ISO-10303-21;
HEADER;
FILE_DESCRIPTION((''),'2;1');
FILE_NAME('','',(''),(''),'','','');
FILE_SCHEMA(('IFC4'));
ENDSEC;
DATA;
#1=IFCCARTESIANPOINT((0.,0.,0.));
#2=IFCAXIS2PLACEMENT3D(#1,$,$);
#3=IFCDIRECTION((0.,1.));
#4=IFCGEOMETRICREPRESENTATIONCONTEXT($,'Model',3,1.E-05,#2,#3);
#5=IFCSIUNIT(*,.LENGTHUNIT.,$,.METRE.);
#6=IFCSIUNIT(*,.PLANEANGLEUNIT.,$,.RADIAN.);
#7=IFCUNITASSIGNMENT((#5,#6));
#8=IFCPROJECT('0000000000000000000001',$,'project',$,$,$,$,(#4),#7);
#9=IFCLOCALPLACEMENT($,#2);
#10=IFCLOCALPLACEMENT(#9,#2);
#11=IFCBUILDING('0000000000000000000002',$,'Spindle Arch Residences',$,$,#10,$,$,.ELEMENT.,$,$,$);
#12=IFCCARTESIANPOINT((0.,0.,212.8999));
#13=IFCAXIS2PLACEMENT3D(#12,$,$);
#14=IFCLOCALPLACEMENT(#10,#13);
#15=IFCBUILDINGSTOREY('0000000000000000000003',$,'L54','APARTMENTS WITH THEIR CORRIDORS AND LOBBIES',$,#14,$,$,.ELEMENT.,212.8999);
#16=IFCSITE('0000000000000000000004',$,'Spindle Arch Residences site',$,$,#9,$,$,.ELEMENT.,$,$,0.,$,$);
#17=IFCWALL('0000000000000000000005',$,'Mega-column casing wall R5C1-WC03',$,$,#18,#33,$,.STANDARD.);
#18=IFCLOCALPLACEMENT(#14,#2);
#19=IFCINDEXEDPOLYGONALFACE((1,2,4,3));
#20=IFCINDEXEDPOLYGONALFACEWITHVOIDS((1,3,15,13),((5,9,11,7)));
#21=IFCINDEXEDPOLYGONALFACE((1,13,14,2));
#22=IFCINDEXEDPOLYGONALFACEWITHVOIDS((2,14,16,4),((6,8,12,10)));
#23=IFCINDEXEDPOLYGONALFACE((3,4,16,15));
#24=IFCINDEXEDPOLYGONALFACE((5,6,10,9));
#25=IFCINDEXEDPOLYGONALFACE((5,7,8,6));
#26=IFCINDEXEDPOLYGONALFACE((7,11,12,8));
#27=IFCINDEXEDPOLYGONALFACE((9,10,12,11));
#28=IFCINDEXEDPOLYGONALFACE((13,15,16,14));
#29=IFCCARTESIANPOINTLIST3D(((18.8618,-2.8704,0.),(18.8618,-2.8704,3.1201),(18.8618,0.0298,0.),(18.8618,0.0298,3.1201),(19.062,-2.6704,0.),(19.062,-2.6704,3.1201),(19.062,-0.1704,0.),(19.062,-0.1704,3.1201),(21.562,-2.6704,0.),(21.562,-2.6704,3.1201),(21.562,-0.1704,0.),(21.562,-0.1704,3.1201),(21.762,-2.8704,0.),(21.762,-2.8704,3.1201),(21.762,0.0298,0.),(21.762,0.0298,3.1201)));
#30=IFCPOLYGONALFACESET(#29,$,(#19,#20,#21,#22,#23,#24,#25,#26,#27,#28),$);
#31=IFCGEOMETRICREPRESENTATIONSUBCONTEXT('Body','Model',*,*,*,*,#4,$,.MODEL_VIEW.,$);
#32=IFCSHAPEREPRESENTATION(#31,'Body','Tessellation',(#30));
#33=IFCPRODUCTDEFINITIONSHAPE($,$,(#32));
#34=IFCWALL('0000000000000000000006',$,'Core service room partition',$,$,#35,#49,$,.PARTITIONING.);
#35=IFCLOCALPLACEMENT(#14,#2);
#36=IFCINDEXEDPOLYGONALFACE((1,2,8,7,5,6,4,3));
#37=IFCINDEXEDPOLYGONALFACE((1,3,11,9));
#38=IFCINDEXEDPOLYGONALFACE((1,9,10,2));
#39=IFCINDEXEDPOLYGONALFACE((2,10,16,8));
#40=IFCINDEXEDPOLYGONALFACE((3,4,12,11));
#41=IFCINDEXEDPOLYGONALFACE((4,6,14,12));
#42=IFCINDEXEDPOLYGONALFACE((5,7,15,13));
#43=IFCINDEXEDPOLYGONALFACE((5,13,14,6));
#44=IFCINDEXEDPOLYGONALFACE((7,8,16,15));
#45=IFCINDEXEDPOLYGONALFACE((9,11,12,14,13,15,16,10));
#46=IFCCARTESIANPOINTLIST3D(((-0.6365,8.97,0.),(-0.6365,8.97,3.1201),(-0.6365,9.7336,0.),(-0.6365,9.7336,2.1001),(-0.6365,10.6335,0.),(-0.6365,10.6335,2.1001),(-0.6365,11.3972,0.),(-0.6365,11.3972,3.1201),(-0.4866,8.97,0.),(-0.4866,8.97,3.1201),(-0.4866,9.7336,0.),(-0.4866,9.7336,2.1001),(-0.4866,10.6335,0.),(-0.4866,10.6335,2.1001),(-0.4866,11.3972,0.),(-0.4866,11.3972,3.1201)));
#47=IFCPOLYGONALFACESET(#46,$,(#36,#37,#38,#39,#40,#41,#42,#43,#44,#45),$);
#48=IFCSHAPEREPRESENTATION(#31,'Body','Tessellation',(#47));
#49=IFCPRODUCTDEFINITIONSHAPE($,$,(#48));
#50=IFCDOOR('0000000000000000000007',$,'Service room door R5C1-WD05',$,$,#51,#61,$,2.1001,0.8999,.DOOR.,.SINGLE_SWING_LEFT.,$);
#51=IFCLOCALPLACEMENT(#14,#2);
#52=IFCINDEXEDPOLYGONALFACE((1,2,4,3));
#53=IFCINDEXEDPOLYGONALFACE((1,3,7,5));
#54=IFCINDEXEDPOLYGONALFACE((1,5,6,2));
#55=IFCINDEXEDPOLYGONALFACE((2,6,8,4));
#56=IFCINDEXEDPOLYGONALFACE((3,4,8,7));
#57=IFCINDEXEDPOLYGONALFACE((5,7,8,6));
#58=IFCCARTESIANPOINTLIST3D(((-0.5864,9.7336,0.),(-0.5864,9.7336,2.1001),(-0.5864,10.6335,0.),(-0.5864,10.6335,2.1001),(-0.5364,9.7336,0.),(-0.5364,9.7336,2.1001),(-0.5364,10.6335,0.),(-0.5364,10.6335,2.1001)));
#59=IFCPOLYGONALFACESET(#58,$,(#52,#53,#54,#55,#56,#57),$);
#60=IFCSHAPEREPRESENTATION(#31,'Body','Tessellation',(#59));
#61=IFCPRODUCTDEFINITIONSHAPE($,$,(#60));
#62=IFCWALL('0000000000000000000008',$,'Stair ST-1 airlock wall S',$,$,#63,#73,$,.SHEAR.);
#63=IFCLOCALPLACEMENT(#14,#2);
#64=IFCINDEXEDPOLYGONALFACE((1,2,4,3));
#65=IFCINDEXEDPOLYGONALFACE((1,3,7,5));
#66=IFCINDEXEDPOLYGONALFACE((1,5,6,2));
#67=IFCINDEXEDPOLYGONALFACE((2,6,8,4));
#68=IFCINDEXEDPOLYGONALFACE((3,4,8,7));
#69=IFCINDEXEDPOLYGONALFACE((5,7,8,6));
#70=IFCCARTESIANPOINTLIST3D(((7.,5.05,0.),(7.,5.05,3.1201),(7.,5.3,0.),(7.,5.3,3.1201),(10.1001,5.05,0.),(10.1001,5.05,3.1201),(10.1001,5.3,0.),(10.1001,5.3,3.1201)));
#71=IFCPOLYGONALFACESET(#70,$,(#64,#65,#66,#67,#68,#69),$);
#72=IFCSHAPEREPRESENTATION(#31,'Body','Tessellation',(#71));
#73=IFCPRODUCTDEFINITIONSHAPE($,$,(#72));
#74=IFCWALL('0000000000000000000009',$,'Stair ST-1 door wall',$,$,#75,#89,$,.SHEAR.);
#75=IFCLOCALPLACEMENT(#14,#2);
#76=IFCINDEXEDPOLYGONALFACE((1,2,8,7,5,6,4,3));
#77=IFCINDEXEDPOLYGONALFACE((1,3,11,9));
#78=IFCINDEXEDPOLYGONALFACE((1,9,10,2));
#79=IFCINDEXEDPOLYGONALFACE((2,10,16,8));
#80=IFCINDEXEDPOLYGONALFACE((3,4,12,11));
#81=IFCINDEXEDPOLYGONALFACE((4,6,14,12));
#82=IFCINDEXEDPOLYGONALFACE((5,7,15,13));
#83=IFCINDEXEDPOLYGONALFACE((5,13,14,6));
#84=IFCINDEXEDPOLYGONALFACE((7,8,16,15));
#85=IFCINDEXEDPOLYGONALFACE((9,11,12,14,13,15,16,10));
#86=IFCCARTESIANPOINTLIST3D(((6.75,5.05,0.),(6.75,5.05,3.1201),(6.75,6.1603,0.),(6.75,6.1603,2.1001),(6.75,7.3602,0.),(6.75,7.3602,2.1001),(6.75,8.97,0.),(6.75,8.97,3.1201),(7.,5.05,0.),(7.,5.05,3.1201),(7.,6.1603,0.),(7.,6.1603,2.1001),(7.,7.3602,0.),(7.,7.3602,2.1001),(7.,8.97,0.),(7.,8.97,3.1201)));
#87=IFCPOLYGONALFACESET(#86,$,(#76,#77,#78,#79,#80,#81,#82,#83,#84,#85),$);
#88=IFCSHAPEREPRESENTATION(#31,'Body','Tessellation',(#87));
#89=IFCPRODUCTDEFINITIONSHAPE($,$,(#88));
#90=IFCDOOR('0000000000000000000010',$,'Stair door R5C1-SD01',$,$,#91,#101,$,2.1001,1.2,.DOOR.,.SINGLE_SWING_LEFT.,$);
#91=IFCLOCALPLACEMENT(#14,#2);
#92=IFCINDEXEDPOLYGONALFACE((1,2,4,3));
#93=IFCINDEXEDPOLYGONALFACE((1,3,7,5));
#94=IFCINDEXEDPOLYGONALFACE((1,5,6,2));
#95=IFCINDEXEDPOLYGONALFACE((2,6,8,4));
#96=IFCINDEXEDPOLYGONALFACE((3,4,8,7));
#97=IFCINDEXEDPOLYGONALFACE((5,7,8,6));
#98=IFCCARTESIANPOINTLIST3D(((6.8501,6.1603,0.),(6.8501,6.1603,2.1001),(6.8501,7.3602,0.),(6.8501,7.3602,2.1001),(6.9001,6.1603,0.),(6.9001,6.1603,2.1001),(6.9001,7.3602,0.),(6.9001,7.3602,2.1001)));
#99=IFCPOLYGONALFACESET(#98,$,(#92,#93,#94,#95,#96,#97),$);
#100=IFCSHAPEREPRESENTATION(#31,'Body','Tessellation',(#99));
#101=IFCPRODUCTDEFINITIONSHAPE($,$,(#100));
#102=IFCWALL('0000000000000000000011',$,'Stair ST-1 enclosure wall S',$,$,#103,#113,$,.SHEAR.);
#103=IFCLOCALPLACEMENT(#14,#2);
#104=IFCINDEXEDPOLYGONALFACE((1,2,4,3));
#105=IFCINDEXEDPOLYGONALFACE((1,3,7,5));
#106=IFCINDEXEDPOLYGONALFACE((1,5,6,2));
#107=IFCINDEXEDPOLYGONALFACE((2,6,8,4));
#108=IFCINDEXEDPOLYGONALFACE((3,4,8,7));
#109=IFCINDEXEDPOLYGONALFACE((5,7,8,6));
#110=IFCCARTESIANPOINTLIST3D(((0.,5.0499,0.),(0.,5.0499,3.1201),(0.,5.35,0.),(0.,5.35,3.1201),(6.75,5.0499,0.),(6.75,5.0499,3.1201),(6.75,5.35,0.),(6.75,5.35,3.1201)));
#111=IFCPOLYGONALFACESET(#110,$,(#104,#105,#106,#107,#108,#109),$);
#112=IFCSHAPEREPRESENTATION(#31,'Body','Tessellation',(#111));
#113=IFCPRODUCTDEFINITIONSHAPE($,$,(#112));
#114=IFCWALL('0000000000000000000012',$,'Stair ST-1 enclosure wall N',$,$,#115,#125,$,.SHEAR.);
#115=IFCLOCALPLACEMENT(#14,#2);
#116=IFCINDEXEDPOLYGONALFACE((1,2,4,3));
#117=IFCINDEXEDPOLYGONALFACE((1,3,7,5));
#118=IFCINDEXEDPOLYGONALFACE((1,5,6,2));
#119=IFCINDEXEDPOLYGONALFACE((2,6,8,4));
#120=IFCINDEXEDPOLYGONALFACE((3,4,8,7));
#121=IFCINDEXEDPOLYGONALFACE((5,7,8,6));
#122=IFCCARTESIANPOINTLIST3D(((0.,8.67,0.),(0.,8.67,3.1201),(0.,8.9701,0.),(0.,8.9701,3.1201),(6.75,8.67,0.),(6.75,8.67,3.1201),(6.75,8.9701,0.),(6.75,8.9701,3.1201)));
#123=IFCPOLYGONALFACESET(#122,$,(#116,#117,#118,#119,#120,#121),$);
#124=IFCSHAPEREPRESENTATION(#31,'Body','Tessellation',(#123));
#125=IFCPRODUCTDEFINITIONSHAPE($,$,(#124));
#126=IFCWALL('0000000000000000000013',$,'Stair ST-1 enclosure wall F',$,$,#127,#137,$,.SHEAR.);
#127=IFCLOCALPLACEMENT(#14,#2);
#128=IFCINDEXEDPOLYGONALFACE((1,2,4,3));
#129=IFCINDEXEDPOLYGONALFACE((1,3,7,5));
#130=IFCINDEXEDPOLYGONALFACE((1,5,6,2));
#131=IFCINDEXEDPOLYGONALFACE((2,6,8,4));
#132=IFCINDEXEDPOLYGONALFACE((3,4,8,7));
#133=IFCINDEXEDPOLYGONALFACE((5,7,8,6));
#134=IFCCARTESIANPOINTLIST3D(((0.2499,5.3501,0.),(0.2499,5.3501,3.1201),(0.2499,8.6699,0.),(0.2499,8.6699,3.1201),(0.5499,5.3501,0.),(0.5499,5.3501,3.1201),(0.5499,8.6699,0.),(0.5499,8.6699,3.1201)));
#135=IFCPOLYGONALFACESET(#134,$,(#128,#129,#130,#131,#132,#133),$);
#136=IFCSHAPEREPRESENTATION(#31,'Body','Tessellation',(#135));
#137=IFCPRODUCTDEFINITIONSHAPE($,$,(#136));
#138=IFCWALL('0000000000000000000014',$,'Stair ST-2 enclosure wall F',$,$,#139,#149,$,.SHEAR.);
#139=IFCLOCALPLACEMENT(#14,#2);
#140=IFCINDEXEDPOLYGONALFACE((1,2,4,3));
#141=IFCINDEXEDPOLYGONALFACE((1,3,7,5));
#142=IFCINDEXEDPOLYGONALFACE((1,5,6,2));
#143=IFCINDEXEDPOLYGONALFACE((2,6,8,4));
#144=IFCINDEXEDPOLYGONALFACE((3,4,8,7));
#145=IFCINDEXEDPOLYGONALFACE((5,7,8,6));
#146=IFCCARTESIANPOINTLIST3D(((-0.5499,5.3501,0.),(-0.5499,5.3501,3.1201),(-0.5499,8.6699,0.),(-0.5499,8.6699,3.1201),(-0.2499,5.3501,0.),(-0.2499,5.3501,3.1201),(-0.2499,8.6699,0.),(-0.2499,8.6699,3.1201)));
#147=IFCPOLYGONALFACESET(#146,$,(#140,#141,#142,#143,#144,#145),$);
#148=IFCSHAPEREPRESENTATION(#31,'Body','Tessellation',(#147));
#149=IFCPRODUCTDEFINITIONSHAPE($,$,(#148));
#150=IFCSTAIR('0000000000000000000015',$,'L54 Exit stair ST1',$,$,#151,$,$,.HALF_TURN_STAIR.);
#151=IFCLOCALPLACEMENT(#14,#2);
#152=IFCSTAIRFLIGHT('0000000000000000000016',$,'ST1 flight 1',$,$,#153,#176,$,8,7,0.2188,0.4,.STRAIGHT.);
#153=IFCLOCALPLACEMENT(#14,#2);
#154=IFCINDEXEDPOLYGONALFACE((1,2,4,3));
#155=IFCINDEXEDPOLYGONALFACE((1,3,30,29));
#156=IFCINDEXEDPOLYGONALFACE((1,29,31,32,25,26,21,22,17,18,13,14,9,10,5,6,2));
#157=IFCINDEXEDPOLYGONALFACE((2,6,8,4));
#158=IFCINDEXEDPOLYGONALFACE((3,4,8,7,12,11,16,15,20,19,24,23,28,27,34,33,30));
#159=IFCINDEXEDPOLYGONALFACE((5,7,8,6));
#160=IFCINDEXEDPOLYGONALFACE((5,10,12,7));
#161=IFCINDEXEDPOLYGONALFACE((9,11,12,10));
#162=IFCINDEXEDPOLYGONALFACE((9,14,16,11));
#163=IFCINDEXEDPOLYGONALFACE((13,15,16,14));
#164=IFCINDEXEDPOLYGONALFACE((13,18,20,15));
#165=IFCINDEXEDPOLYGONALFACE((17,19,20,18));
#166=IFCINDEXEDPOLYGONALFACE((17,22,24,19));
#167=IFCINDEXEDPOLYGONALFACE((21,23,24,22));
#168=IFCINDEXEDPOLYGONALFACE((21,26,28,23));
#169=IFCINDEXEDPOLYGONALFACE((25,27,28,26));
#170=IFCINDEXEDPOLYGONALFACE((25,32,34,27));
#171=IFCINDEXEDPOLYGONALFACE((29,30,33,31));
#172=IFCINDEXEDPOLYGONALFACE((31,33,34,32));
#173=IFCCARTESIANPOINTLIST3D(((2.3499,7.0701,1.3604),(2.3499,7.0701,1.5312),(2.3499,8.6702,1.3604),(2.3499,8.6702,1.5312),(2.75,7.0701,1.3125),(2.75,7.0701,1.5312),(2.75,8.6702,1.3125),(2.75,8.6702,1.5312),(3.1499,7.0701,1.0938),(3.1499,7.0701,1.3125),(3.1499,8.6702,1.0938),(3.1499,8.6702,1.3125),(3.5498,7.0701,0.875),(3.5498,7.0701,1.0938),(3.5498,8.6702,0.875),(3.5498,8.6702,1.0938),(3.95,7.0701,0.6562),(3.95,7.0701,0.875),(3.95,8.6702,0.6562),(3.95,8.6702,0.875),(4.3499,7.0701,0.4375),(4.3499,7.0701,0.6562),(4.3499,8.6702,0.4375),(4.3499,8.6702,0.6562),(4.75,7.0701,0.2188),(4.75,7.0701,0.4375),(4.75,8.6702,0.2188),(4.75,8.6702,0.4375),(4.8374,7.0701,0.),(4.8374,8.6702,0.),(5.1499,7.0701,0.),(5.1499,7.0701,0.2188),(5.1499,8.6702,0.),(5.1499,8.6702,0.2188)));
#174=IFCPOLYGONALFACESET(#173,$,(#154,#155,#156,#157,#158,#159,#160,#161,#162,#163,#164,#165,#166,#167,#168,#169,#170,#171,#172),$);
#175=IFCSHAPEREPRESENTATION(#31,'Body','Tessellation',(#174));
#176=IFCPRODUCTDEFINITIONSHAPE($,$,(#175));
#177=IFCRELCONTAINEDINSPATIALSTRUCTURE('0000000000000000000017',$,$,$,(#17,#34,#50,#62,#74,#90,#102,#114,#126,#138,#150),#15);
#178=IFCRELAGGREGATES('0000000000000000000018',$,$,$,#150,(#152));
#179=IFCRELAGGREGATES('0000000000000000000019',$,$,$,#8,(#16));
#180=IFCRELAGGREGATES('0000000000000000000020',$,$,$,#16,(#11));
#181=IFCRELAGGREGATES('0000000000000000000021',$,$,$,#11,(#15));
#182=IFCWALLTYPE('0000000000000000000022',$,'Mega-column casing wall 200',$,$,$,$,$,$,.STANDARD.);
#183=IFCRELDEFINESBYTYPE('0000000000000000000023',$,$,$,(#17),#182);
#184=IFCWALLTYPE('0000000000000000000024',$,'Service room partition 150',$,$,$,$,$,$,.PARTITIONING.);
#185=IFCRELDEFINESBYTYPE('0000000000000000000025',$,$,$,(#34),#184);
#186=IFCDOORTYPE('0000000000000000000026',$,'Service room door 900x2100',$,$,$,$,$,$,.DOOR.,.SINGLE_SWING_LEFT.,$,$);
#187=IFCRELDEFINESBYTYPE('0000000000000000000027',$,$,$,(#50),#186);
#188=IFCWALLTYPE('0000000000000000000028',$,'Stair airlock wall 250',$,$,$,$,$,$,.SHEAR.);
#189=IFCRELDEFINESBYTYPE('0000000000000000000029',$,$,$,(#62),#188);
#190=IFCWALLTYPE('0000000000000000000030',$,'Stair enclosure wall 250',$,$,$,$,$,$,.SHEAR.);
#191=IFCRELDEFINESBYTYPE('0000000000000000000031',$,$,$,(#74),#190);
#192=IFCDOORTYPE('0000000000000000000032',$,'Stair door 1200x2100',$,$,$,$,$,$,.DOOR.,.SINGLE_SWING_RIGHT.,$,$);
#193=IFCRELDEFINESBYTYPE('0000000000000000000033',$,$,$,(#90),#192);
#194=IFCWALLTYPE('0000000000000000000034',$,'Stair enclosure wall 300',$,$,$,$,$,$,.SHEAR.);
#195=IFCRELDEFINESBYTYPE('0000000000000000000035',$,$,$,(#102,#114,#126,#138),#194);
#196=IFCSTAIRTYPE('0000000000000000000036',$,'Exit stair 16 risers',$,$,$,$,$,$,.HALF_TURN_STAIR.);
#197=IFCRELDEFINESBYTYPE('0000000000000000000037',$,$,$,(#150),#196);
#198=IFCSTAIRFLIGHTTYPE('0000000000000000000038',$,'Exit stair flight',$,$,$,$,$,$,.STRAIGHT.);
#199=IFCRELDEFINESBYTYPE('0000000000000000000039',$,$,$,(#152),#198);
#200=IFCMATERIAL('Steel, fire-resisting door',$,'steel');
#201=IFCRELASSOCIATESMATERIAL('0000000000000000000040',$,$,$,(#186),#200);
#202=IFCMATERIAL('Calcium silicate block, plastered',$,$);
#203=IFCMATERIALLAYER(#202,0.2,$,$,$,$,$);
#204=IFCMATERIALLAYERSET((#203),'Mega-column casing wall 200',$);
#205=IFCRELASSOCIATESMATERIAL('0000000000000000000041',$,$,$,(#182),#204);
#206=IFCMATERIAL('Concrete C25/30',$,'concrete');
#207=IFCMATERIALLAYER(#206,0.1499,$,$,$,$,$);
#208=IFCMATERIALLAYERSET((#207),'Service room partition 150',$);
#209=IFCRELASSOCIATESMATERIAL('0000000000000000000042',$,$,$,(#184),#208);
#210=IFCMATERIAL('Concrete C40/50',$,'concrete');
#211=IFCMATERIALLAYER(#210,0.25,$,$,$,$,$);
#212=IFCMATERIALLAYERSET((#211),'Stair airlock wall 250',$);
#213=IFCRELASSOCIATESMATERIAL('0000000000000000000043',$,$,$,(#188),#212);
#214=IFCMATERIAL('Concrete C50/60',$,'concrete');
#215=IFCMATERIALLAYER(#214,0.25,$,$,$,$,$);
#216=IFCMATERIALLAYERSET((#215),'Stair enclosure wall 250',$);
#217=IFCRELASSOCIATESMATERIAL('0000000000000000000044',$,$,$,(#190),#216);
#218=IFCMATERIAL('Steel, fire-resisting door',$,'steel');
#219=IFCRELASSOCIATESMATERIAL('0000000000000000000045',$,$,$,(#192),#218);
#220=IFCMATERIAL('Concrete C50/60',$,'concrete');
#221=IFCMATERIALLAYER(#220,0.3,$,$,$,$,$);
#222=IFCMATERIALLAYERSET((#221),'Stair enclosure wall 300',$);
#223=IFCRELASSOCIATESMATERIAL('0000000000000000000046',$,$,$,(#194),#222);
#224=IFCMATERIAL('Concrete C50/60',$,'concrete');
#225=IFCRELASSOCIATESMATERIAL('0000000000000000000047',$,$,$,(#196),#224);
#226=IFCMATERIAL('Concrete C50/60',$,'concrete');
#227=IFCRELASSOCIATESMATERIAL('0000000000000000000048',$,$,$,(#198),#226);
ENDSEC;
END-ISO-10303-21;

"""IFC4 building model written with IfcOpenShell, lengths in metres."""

from ifc_helpers import new_model, si_unit, direction, frame, frame_2d, origin, place, context, subcontext, project, spatial, polyline, rectangle, outline, extrude, material, layer, layer_set, type_object, element, fill, aggregate, save


model = new_model("IFC4")

# Units and contexts
model_context = context("Model", 3, precision=1e-05, world=origin(), true_north=direction((0.0, 1.0)))
body_context = subcontext(model_context, "Body", "Model", "MODEL_VIEW")
ifc_project = project(units=[si_unit("LENGTHUNIT", "METRE"), si_unit("PLANEANGLEUNIT", "RADIAN")], contexts=[model_context])

# Site, building, storey
site_placement = place(None, origin())
site = spatial("IfcSite", under=ifc_project, at=site_placement, Name="Spindle Arch Residences site", CompositionType="ELEMENT", RefElevation=0.0)
building_placement = place(site_placement, origin())
building = spatial("IfcBuilding", under=site, at=building_placement, Name="Spindle Arch Residences", CompositionType="ELEMENT")
storey_placement = place(building_placement, frame((0.0, 0.0, 212.8999)))
storey = spatial("IfcBuildingStorey", under=building, at=storey_placement, Name="L54", Description="APARTMENTS WITH THEIR CORRIDORS AND LOBBIES", CompositionType="ELEMENT", Elevation=212.8999)

# Shared definitions
ifc_material_1 = material(Name="Steel, fire-resisting door", Category="steel")
door_type_1 = type_object("IfcDoorType", Name="Service room door 900x2100", OperationType="SINGLE_SWING_LEFT", PredefinedType="DOOR", material=ifc_material_1)

# Wall
ifc_material_2 = material(Name="Calcium silicate block, plastered")
ifc_layer_1 = layer(ifc_material_2, 0.2)
ifc_layer_set_1 = layer_set([ifc_layer_1], Name="Mega-column casing wall 200")
wall_type_1 = type_object("IfcWallType", Name="Mega-column casing wall 200", PredefinedType="STANDARD", material=ifc_layer_set_1)
wall_1_placement = place(storey_placement, origin())
element("IfcWall", 1, at=wall_1_placement, inside=storey, type_object=wall_type_1, Name="Mega-column casing wall R5C1-WC03", PredefinedType="STANDARD", context=body_context, shape_type="SweptSolid", body=[
    extrude(outline(polyline([(21.762, 0.0298), (21.762, -2.8704), (18.8618, -2.8704), (18.8618, 0.0298), (21.762, 0.0298)]), holes=[polyline([(19.062, -2.6704), (21.562, -2.6704), (21.562, -0.1704), (19.062, -0.1704), (19.062, -2.6704)])]), origin(), (0.0, 0.0, 1.0), 3.1201),
])

# Wall, opening, door
ifc_material_3 = material(Name="Concrete C25/30", Category="concrete")
ifc_layer_2 = layer(ifc_material_3, 0.1499)
ifc_layer_set_2 = layer_set([ifc_layer_2], Name="Service room partition 150")
wall_type_2 = type_object("IfcWallType", Name="Service room partition 150", PredefinedType="PARTITIONING", material=ifc_layer_set_2)
wall_2_placement = place(storey_placement, frame((-0.5615, 8.97, 0.0), z_axis=(0.0, 0.0, 1.0), x_axis=(0.0, 1.0, 0.0)))
wall_2 = element("IfcWall", 2, at=wall_2_placement, inside=storey, type_object=wall_type_2, Name="Core service room partition", PredefinedType="PARTITIONING", context=body_context, shape_type="SweptSolid", body=[
    extrude(rectangle(XDim=2.4272, YDim=0.1499, at=frame_2d((1.2136, 0.0))), origin(), (0.0, 0.0, 1.0), 3.1201),
])
opening_1_placement = place(wall_2_placement, frame((0.7637, 0.0, 0.0)))
opening_1 = element("IfcOpeningElement", 3, at=opening_1_placement, cuts=wall_2, PredefinedType="OPENING", context=body_context, shape_type="SweptSolid", body=[
    extrude(rectangle(XDim=0.8999, YDim=2.1001, at=frame_2d((0.45, 1.05))), frame((0.0, 0.085, 0.0), z_axis=(0.0, -1.0, 0.0), x_axis=(1.0, 0.0, 0.0)), (0.0, 0.0, 1.0), 0.1699),
])
door_1_placement = place(opening_1_placement, origin())
door_1 = element("IfcDoor", 4, at=door_1_placement, inside=storey, type_object=door_type_1, Name="Service room door R5C1-WD05", OperationType="SINGLE_SWING_LEFT", OverallHeight=2.1001, OverallWidth=0.8999, PredefinedType="DOOR", context=body_context, shape_type="SweptSolid", body=[
    extrude(rectangle(XDim=0.8999, YDim=2.1001, at=frame_2d((0.45, 1.05))), frame((0.0, 0.0249, 0.0), z_axis=(0.0, -1.0, 0.0), x_axis=(1.0, 0.0, 0.0)), (0.0, 0.0, 1.0), 0.05),
])
fill(opening_1, door_1)

# Wall
ifc_material_4 = material(Name="Concrete C40/50", Category="concrete")
ifc_layer_3 = layer(ifc_material_4, 0.25)
ifc_layer_set_3 = layer_set([ifc_layer_3], Name="Stair airlock wall 250")
wall_type_3 = type_object("IfcWallType", Name="Stair airlock wall 250", PredefinedType="SHEAR", material=ifc_layer_set_3)
wall_3_placement = place(storey_placement, frame((7.0, 5.175, 0.0), z_axis=(0.0, 0.0, 1.0), x_axis=(1.0, 0.0, 0.0)))
element("IfcWall", 5, at=wall_3_placement, inside=storey, type_object=wall_type_3, Name="Stair ST-1 airlock wall S", PredefinedType="SHEAR", context=body_context, shape_type="SweptSolid", body=[
    extrude(rectangle(XDim=3.1001, YDim=0.25, at=frame_2d((1.55, 0.0))), origin(), (0.0, 0.0, 1.0), 3.1201),
])

# Wall, opening, door
ifc_material_5 = material(Name="Concrete C50/60", Category="concrete")
ifc_layer_4 = layer(ifc_material_5, 0.25)
ifc_layer_set_4 = layer_set([ifc_layer_4], Name="Stair enclosure wall 250")
wall_type_4 = type_object("IfcWallType", Name="Stair enclosure wall 250", PredefinedType="SHEAR", material=ifc_layer_set_4)
wall_4_placement = place(storey_placement, frame((6.875, 5.05, 0.0), z_axis=(0.0, 0.0, 1.0), x_axis=(0.0, 1.0, 0.0)))
wall_4 = element("IfcWall", 6, at=wall_4_placement, inside=storey, type_object=wall_type_4, Name="Stair ST-1 door wall", PredefinedType="SHEAR", context=body_context, shape_type="SweptSolid", body=[
    extrude(rectangle(XDim=3.9199, YDim=0.25, at=frame_2d((1.96, 0.0))), origin(), (0.0, 0.0, 1.0), 3.1201),
])
opening_2_placement = place(wall_4_placement, frame((1.1101, 0.0, 0.0)))
opening_2 = element("IfcOpeningElement", 7, at=opening_2_placement, cuts=wall_4, PredefinedType="OPENING", context=body_context, shape_type="SweptSolid", body=[
    extrude(rectangle(XDim=1.2, YDim=2.1001, at=frame_2d((0.6001, 1.05))), frame((0.0, 0.135, 0.0), z_axis=(0.0, -1.0, 0.0), x_axis=(1.0, 0.0, 0.0)), (0.0, 0.0, 1.0), 0.27),
])
ifc_material_6 = material(Name="Steel, fire-resisting door", Category="steel")
door_type_2 = type_object("IfcDoorType", Name="Stair door 1200x2100", OperationType="SINGLE_SWING_RIGHT", PredefinedType="DOOR", material=ifc_material_6)
door_2_placement = place(opening_2_placement, origin())
door_2 = element("IfcDoor", 8, at=door_2_placement, inside=storey, type_object=door_type_2, Name="Stair door R5C1-SD01", OperationType="SINGLE_SWING_LEFT", OverallHeight=2.1001, OverallWidth=1.2, PredefinedType="DOOR", context=body_context, shape_type="SweptSolid", body=[
    extrude(rectangle(XDim=1.2, YDim=2.1001, at=frame_2d((0.6001, 1.05))), frame((0.0, 0.0249, 0.0), z_axis=(0.0, -1.0, 0.0), x_axis=(1.0, 0.0, 0.0)), (0.0, 0.0, 1.0), 0.05),
])
fill(opening_2, door_2)

# Walls
ifc_material_7 = material(Name="Concrete C50/60", Category="concrete")
ifc_layer_5 = layer(ifc_material_7, 0.3)
ifc_layer_set_5 = layer_set([ifc_layer_5], Name="Stair enclosure wall 300")
wall_type_5 = type_object("IfcWallType", Name="Stair enclosure wall 300", PredefinedType="SHEAR", material=ifc_layer_set_5)
for number, where, z_axis, x_axis, name in (
    (9, (0.0, 5.2, 0.0), (0.0, 0.0, 1.0), (1.0, 0.0, 0.0), "Stair ST-1 enclosure wall S"),
    (10, (0.0, 8.8201, 0.0), (0.0, 0.0, 1.0), (1.0, 0.0, 0.0), "Stair ST-1 enclosure wall N"),
):
    element("IfcWall", number, at=place(storey_placement, frame(where, z_axis=z_axis, x_axis=x_axis)), inside=storey, type_object=wall_type_5, Name=name, PredefinedType="SHEAR", context=body_context, shape_type="SweptSolid", body=[
        extrude(rectangle(XDim=6.75, YDim=0.3, at=frame_2d((3.375, 0.0))), origin(), (0.0, 0.0, 1.0), 3.1201),
    ])
for number, where, z_axis, x_axis, name in (
    (11, (0.3999, 5.3501, 0.0), (0.0, 0.0, 1.0), (0.0, 1.0, 0.0), "Stair ST-1 enclosure wall F"),
    (12, (-0.3999, 5.3501, 0.0), (0.0, 0.0, 1.0), (0.0, 1.0, 0.0), "Stair ST-2 enclosure wall F"),
):
    element("IfcWall", number, at=place(storey_placement, frame(where, z_axis=z_axis, x_axis=x_axis)), inside=storey, type_object=wall_type_5, Name=name, PredefinedType="SHEAR", context=body_context, shape_type="SweptSolid", body=[
        extrude(rectangle(XDim=3.3198, YDim=0.3, at=frame_2d((1.6599, 0.0))), origin(), (0.0, 0.0, 1.0), 3.1201),
    ])

# Stair, stair flight
ifc_material_8 = material(Name="Concrete C50/60", Category="concrete")
stair_type = type_object("IfcStairType", Name="Exit stair 16 risers", PredefinedType="HALF_TURN_STAIR", material=ifc_material_8)
stair_placement = place(storey_placement, origin())
stair = element("IfcStair", 13, at=stair_placement, inside=storey, type_object=stair_type, Name="L54 Exit stair ST1", PredefinedType="HALF_TURN_STAIR")
ifc_material_9 = material(Name="Concrete C50/60", Category="concrete")
stair_flight_type = type_object("IfcStairFlightType", Name="Exit stair flight", PredefinedType="STRAIGHT", material=ifc_material_9)
stair_flight_1_placement = place(storey_placement, frame((5.1499, 7.8701, 0.0), z_axis=(0.0, 0.0, 1.0), x_axis=(-1.0, 0.0, 0.0)))
stair_flight_1 = element("IfcStairFlight", 14, at=stair_flight_1_placement, type_object=stair_flight_type, Name="ST1 flight 1", NumberOfRisers=8, NumberOfTreads=7, PredefinedType="STRAIGHT", RiserHeight=0.2188, TreadLength=0.4, context=body_context, shape_type="SweptSolid", body=[
    extrude(outline(polyline([(0.0, 0.0), (0.0, 0.2188), (0.3999, 0.2188), (0.3999, 0.4375), (0.8, 0.4375), (0.8, 0.6562), (1.2, 0.6562), (1.2, 0.875), (1.6001, 0.875), (1.6001, 1.0938), (2.0, 1.0938), (2.0, 1.3125), (2.3999, 1.3125), (2.3999, 1.5312), (2.8, 1.5312), (2.8, 1.75), (2.8, 1.3604), (0.3125, 0.0), (0.0, 0.0)])), frame((0.0, 0.8, 0.0), z_axis=(0.0, -1.0, 0.0), x_axis=(1.0, 0.0, 0.0)), (0.0, 0.0, 1.0), 1.6001),
])
aggregate(stair, [stair_flight_1])

save(model, "model.ifc")
